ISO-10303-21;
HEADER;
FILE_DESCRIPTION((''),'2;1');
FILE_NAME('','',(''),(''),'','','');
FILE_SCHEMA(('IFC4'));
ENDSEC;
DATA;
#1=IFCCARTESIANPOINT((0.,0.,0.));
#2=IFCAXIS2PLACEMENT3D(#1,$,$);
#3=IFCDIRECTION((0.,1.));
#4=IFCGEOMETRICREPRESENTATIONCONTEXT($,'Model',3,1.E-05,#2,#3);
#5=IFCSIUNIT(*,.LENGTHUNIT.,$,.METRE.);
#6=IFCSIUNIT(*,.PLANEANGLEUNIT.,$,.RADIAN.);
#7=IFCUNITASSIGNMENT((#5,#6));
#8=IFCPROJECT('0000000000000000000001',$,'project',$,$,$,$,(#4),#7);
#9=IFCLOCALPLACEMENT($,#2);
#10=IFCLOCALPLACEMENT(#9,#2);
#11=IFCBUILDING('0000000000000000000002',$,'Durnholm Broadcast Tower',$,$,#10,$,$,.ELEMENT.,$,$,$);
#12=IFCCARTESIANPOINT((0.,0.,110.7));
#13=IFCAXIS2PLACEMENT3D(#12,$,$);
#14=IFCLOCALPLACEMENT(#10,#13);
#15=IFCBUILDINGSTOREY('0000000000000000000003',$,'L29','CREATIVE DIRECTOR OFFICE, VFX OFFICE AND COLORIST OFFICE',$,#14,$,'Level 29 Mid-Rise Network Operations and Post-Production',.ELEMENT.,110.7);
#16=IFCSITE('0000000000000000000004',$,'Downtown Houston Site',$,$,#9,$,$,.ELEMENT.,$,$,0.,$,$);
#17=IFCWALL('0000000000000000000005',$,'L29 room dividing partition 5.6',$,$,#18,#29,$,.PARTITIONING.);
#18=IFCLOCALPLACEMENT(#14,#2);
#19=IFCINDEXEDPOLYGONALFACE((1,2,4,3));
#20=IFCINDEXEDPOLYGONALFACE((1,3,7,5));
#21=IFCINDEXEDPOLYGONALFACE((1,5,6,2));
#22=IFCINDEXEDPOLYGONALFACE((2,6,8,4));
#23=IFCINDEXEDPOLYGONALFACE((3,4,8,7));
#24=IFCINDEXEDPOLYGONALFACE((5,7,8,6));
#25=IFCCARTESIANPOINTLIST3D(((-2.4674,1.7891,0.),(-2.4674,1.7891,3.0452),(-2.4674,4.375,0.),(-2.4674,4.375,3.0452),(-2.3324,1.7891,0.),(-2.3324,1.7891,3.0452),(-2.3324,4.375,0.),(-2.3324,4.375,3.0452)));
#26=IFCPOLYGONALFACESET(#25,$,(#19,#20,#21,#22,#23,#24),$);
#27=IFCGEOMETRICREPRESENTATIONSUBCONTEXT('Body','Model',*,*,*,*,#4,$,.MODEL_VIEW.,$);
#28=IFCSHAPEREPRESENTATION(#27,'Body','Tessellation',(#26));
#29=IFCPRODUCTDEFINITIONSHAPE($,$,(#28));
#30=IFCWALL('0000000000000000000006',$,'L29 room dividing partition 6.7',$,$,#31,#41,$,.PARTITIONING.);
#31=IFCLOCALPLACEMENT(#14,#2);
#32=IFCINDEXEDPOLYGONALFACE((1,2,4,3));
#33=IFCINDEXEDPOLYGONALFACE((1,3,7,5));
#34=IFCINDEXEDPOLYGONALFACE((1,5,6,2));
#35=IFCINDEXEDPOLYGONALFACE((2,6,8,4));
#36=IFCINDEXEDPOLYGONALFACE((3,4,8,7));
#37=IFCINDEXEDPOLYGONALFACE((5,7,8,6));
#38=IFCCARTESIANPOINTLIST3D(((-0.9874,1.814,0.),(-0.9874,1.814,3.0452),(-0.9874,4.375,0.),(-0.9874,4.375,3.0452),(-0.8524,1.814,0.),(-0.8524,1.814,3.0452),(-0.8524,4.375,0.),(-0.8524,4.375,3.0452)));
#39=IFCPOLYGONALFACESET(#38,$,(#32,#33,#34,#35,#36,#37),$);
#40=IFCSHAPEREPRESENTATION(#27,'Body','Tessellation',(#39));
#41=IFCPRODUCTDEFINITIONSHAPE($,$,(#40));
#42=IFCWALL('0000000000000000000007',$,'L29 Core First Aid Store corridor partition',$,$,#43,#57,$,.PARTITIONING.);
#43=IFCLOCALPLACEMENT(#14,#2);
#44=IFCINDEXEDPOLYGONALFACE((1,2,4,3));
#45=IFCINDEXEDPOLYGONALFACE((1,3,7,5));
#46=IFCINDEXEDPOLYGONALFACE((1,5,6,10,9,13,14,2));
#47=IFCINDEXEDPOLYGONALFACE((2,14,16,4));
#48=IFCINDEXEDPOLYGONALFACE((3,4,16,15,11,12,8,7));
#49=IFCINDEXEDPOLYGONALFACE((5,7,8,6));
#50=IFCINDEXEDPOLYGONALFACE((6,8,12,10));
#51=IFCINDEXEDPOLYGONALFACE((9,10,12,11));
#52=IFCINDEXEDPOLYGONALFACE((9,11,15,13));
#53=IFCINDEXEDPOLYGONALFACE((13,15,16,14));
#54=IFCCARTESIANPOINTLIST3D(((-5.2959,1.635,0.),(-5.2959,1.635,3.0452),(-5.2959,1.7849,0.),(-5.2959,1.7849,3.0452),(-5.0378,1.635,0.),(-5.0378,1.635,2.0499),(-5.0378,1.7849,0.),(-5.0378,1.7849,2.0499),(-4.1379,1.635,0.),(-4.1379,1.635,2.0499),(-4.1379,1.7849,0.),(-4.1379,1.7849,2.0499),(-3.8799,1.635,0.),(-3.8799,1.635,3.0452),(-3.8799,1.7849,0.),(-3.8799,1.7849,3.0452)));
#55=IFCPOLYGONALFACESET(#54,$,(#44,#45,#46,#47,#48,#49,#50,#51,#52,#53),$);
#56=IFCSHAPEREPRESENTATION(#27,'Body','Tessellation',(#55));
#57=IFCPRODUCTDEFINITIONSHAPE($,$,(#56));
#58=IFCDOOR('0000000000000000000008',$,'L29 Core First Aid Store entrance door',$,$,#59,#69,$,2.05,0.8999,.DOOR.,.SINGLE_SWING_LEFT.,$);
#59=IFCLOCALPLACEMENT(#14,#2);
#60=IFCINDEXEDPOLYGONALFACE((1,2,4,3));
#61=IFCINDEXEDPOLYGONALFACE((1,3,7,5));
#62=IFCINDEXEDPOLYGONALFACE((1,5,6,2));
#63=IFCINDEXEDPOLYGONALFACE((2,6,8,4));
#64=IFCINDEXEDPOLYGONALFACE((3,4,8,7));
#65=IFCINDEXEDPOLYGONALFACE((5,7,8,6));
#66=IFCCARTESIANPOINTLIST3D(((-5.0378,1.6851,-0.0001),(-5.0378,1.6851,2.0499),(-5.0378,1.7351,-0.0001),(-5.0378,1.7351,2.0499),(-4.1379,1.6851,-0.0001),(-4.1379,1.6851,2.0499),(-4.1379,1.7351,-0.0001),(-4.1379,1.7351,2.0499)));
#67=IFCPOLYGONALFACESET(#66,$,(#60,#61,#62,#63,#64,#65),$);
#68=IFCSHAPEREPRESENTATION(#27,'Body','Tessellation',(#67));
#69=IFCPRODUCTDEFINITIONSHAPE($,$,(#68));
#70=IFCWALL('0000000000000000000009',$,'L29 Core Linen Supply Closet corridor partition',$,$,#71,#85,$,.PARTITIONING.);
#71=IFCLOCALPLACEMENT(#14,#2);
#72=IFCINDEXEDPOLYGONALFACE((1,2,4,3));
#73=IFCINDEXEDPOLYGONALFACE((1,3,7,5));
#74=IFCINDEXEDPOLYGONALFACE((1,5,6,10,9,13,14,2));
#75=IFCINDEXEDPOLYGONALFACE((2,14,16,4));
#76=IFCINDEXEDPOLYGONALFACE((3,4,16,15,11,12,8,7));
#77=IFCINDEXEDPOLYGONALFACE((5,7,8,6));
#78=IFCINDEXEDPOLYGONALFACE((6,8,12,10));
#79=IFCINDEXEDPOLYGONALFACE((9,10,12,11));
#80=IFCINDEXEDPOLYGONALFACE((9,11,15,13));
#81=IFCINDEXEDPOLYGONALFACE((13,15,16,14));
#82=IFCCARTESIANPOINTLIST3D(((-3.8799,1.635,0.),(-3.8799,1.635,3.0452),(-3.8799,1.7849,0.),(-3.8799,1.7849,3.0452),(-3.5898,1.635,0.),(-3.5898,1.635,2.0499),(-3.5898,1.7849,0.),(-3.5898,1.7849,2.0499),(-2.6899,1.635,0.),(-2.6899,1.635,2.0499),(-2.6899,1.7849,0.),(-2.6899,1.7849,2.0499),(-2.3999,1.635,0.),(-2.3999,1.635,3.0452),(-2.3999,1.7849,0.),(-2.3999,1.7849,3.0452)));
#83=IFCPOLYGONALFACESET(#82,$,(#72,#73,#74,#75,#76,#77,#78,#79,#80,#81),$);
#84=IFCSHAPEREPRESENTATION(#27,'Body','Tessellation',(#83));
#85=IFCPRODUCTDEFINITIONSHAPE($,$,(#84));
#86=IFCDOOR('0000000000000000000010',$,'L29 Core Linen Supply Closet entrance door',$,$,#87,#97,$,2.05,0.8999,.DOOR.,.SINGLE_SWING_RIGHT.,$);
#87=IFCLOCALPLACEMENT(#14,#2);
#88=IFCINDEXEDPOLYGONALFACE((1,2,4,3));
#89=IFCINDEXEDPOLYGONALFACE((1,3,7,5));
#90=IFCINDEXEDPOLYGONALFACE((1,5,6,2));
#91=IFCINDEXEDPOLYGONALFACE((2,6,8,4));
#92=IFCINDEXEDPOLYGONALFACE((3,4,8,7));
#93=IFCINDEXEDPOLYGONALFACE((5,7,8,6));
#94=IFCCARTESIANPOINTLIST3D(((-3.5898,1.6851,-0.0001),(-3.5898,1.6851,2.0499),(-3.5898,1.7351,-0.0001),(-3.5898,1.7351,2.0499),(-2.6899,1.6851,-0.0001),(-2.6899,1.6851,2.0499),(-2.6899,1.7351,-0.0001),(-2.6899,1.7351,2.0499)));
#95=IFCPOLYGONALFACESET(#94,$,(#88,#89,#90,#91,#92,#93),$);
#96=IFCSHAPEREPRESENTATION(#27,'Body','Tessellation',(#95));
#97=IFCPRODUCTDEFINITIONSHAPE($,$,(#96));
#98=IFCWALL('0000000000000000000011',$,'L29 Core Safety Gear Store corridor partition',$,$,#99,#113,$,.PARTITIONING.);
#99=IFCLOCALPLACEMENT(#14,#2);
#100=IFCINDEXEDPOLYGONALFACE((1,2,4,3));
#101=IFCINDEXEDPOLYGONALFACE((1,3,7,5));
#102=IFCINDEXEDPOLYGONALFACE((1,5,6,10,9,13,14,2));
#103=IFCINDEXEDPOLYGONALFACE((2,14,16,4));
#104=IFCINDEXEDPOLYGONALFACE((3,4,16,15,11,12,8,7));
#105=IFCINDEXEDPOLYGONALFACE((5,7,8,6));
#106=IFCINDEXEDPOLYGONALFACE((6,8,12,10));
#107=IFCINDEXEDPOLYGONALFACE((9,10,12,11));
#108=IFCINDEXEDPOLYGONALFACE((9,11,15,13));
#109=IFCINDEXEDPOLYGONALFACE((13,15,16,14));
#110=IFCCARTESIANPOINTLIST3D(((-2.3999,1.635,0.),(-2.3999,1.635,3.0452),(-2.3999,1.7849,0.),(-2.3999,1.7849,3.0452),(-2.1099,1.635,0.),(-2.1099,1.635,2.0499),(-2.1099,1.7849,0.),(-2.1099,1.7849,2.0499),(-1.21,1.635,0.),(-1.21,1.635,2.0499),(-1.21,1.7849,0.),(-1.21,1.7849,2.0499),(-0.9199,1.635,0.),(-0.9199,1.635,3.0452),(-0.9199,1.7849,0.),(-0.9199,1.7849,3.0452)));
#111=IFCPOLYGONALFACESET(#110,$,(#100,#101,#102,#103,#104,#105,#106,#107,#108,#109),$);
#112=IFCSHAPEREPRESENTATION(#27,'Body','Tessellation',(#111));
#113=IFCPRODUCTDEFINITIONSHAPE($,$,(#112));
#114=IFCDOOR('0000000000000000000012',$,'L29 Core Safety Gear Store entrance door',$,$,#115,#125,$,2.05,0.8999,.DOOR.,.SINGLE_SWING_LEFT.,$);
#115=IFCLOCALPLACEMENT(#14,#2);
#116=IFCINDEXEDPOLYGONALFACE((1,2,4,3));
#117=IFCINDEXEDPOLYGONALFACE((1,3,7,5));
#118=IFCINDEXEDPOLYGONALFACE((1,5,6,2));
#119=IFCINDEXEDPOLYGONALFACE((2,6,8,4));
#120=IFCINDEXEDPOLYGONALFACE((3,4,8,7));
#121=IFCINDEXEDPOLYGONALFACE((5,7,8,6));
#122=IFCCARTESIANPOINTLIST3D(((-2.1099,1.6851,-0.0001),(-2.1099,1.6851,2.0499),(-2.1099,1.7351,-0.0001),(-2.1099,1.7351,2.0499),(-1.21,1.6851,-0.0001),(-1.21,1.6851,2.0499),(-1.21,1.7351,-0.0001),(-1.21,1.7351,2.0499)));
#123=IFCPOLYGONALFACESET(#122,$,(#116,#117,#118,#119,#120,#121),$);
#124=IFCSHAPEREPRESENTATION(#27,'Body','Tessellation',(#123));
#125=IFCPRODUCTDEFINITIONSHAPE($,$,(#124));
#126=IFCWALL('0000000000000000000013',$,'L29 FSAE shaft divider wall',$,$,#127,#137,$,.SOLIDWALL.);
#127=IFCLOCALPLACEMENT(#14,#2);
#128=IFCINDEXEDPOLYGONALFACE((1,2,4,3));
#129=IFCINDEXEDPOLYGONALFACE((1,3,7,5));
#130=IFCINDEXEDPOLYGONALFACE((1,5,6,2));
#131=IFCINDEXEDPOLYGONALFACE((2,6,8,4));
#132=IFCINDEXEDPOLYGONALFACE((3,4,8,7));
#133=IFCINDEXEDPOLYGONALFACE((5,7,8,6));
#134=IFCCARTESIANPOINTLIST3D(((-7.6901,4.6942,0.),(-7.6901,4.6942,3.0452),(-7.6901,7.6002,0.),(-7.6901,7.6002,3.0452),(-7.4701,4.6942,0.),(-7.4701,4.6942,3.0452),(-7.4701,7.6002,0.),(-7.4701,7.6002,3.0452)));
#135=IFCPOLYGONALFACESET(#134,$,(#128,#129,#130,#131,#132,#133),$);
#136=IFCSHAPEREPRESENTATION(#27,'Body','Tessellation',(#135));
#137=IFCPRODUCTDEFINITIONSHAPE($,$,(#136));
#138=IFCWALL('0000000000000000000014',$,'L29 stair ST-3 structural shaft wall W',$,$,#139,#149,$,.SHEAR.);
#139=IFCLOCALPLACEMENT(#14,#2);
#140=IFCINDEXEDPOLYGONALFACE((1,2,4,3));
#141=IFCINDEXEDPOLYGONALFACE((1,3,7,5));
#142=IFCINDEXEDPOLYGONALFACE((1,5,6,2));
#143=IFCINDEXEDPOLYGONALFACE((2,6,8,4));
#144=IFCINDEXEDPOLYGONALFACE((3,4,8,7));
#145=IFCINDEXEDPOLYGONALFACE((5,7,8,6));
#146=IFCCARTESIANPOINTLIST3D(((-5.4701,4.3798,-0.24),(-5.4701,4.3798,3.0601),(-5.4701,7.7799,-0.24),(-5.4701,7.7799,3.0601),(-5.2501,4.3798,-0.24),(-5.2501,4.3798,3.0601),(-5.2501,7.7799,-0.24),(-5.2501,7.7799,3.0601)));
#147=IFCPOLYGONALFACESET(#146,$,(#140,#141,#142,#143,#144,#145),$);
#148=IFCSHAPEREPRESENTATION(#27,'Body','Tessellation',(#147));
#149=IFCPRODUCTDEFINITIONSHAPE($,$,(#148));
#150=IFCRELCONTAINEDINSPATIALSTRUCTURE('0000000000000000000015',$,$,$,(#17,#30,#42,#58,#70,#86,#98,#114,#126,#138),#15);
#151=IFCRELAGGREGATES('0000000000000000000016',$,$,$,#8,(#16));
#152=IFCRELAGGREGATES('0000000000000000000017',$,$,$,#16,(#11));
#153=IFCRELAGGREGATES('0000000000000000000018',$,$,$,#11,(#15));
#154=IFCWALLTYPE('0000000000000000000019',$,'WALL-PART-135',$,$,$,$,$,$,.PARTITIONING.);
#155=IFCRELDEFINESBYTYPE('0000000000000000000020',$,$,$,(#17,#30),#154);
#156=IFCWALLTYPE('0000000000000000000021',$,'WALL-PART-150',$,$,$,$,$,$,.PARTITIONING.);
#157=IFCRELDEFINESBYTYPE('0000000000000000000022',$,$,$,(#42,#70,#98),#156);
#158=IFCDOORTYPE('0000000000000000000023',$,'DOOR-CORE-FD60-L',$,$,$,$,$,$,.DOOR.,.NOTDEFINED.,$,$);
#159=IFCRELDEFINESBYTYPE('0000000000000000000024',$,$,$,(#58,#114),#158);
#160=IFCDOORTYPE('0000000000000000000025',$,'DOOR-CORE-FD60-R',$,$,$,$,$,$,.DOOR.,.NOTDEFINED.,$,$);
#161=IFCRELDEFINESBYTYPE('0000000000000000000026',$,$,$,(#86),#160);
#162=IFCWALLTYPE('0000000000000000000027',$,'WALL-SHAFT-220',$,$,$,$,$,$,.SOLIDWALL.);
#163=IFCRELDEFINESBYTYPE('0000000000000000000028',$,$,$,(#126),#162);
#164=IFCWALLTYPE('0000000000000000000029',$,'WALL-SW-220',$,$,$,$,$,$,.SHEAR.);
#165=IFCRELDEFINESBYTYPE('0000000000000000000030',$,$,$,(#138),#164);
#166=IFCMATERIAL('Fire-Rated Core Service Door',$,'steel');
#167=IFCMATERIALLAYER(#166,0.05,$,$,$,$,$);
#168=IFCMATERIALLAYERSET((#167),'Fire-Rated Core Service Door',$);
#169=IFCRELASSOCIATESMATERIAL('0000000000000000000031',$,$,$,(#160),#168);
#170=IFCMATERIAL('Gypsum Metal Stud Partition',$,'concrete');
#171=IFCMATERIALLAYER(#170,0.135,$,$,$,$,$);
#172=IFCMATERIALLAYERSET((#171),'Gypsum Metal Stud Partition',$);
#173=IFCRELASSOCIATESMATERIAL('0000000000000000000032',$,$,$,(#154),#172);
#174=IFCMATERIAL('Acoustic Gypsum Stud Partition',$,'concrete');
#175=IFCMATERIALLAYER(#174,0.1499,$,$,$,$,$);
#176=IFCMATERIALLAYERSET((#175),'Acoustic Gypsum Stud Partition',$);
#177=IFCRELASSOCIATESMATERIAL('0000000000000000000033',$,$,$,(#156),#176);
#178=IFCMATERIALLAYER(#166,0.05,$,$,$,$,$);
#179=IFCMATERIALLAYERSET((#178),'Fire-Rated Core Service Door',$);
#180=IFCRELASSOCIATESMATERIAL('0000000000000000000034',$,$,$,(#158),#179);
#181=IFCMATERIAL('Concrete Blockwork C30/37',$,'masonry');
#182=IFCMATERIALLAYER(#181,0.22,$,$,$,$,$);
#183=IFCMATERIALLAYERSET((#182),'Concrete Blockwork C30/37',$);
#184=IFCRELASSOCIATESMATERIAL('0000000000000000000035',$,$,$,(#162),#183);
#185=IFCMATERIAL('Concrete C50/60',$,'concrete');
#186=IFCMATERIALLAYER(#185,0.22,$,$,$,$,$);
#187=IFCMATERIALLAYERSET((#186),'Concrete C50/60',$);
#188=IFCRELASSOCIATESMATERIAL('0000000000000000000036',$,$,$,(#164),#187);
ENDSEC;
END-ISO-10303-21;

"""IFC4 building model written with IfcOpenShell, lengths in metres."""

from ifc_helpers import new_model, si_unit, direction, frame, frame_2d, origin, place, context, subcontext, project, spatial, rectangle, extrude, source, transform, mapped, material, layer, layer_set, type_object, type_shapes, element, fill, save


model = new_model("IFC4")

# Units and contexts
model_context = context("Model", 3, precision=1e-05, world=origin(), true_north=direction((0.0, 1.0)))
body_context = subcontext(model_context, "Body", "Model", "MODEL_VIEW")
ifc_project = project(units=[si_unit("LENGTHUNIT", "METRE"), si_unit("PLANEANGLEUNIT", "RADIAN")], contexts=[model_context])

# Site, building, storey
site_placement = place(None, origin())
site = spatial("IfcSite", under=ifc_project, at=site_placement, Name="Downtown Houston Site", CompositionType="ELEMENT", RefElevation=0.0)
building_placement = place(site_placement, origin())
building = spatial("IfcBuilding", under=site, at=building_placement, Name="Durnholm Broadcast Tower", CompositionType="ELEMENT")
storey_placement = place(building_placement, frame((0.0, 0.0, 110.7)))
storey = spatial("IfcBuildingStorey", under=building, at=storey_placement, Name="L29", Description="CREATIVE DIRECTOR OFFICE, VFX OFFICE AND COLORIST OFFICE", LongName="Level 29 Mid-Rise Network Operations and Post-Production", CompositionType="ELEMENT", Elevation=110.7)

# Shared definitions
ifc_material_1 = material(Name="Fire-Rated Core Service Door", Category="steel")
ifc_layer_1 = layer(ifc_material_1, 0.05)
ifc_layer_set_1 = layer_set([ifc_layer_1], Name="Fire-Rated Core Service Door")
door_type_1 = type_object("IfcDoorType", Name="DOOR-CORE-FD60-R", OperationType="NOTDEFINED", PredefinedType="DOOR", material=ifc_layer_set_1)
shared_shape_1 = source(origin(), body_context, "Body", "SweptSolid", [
    extrude(rectangle(XDim=0.8999, YDim=2.05, at=frame_2d((0.45, 1.0249))), frame((0.0, 0.0249, 0.0), z_axis=(0.0, -1.0, 0.0), x_axis=(1.0, 0.0, 0.0)), (0.0, 0.0, 1.0), 0.05),
])
type_shapes(door_type_1, [shared_shape_1])

# Walls
ifc_material_2 = material(Name="Gypsum Metal Stud Partition", Category="concrete")
ifc_layer_2 = layer(ifc_material_2, 0.135)
ifc_layer_set_2 = layer_set([ifc_layer_2], Name="Gypsum Metal Stud Partition")
wall_type_1 = type_object("IfcWallType", Name="WALL-PART-135", PredefinedType="PARTITIONING", material=ifc_layer_set_2)
for number, where, z_axis, x_axis, name in (
    (1, (-2.3999, 4.375, 0.0), (0.0, 0.0, 1.0), (0.0, -1.0, 0.0), "L29 room dividing partition 5.6"),
):
    element("IfcWall", number, at=place(storey_placement, frame(where, z_axis=z_axis, x_axis=x_axis)), inside=storey, type_object=wall_type_1, Name=name, PredefinedType="PARTITIONING", context=body_context, shape_type="SweptSolid", body=[
        extrude(rectangle(XDim=2.5859, YDim=0.135, at=frame_2d((1.293, 0.0))), origin(), (0.0, 0.0, 1.0), 3.0452),
    ])
wall_1_placement = place(storey_placement, frame((-0.9199, 4.375, 0.0), z_axis=(0.0, 0.0, 1.0), x_axis=(0.0, -1.0, 0.0)))
element("IfcWall", 2, at=wall_1_placement, inside=storey, type_object=wall_type_1, Name="L29 room dividing partition 6.7", PredefinedType="PARTITIONING", context=body_context, shape_type="SweptSolid", body=[
    extrude(rectangle(XDim=2.561, YDim=0.135, at=frame_2d((1.2805, 0.0))), origin(), (0.0, 0.0, 1.0), 3.0452),
])

# Walls, openings, doors
ifc_material_3 = material(Name="Acoustic Gypsum Stud Partition", Category="concrete")
ifc_layer_3 = layer(ifc_material_3, 0.1499)
ifc_layer_set_3 = layer_set([ifc_layer_3], Name="Acoustic Gypsum Stud Partition")
wall_type_2 = type_object("IfcWallType", Name="WALL-PART-150", PredefinedType="PARTITIONING", material=ifc_layer_set_3)
wall_2_placement = place(storey_placement, frame((-3.8799, 1.71, 0.0), z_axis=(0.0, 0.0, 1.0), x_axis=(-1.0, 0.0, 0.0)))
wall_2 = element("IfcWall", 3, at=wall_2_placement, inside=storey, type_object=wall_type_2, Name="L29 Core First Aid Store corridor partition", PredefinedType="PARTITIONING", context=body_context, shape_type="SweptSolid", body=[
    extrude(rectangle(XDim=1.416, YDim=0.1499, at=frame_2d((0.708, 0.0))), origin(), (0.0, 0.0, 1.0), 3.0452),
])
opening_1_placement = place(wall_2_placement, frame((0.2581, 0.0, 0.0)))
opening_1 = element("IfcOpeningElement", 4, at=opening_1_placement, cuts=wall_2, PredefinedType="OPENING", context=body_context, shape_type="SweptSolid", body=[
    extrude(rectangle(XDim=0.8999, YDim=2.05, at=frame_2d((0.45, 1.0249))), frame((0.0, 0.085, 0.0), z_axis=(0.0, -1.0, 0.0), x_axis=(1.0, 0.0, 0.0)), (0.0, 0.0, 1.0), 0.1699),
])
ifc_layer_4 = layer(ifc_material_1, 0.05)
ifc_layer_set_4 = layer_set([ifc_layer_4], Name="Fire-Rated Core Service Door")
door_type_2 = type_object("IfcDoorType", Name="DOOR-CORE-FD60-L", OperationType="NOTDEFINED", PredefinedType="DOOR", material=ifc_layer_set_4)
shared_shape_2 = source(origin(), body_context, "Body", "SweptSolid", [
    extrude(rectangle(XDim=0.8999, YDim=2.05, at=frame_2d((0.45, 1.0249))), frame((0.0, 0.0249, 0.0), z_axis=(0.0, -1.0, 0.0), x_axis=(1.0, 0.0, 0.0)), (0.0, 0.0, 1.0), 0.05),
])
type_shapes(door_type_2, [shared_shape_2])
door_1_placement = place(opening_1_placement, origin())
door_1 = element("IfcDoor", 5, at=door_1_placement, inside=storey, type_object=door_type_2, Name="L29 Core First Aid Store entrance door", OperationType="SINGLE_SWING_LEFT", OverallHeight=2.05, OverallWidth=0.8999, PredefinedType="DOOR", context=body_context, shape_type="MappedRepresentation", body=[
    mapped(shared_shape_2, transform((0.0, 0.0, 0.0), x_axis=(1.0, 0.0, 0.0), y_axis=(0.0, 1.0, 0.0), z_axis=(0.0, 0.0, 1.0), scale=1.0)),
])
fill(opening_1, door_1)
wall_3_placement = place(storey_placement, frame((-2.3999, 1.71, 0.0), z_axis=(0.0, 0.0, 1.0), x_axis=(-1.0, 0.0, 0.0)))
wall_3 = element("IfcWall", 6, at=wall_3_placement, inside=storey, type_object=wall_type_2, Name="L29 Core Linen Supply Closet corridor partition", PredefinedType="PARTITIONING", context=body_context, shape_type="SweptSolid", body=[
    extrude(rectangle(XDim=1.48, YDim=0.1499, at=frame_2d((0.74, 0.0))), origin(), (0.0, 0.0, 1.0), 3.0452),
])
opening_2_placement = place(wall_3_placement, frame((0.29, 0.0, 0.0)))
opening_2 = element("IfcOpeningElement", 7, at=opening_2_placement, cuts=wall_3, PredefinedType="OPENING", context=body_context, shape_type="SweptSolid", body=[
    extrude(rectangle(XDim=0.8999, YDim=2.05, at=frame_2d((0.45, 1.0249))), frame((0.0, 0.085, 0.0), z_axis=(0.0, -1.0, 0.0), x_axis=(1.0, 0.0, 0.0)), (0.0, 0.0, 1.0), 0.1699),
])
door_2_placement = place(opening_2_placement, origin())
door_2 = element("IfcDoor", 8, at=door_2_placement, inside=storey, type_object=door_type_1, Name="L29 Core Linen Supply Closet entrance door", OperationType="SINGLE_SWING_RIGHT", OverallHeight=2.05, OverallWidth=0.8999, PredefinedType="DOOR", context=body_context, shape_type="MappedRepresentation", body=[
    mapped(shared_shape_1, transform((0.0, 0.0, 0.0), x_axis=(1.0, 0.0, 0.0), y_axis=(0.0, 1.0, 0.0), z_axis=(0.0, 0.0, 1.0), scale=1.0)),
])
fill(opening_2, door_2)
wall_4_placement = place(storey_placement, frame((-0.9199, 1.71, 0.0), z_axis=(0.0, 0.0, 1.0), x_axis=(-1.0, 0.0, 0.0)))
wall_4 = element("IfcWall", 9, at=wall_4_placement, inside=storey, type_object=wall_type_2, Name="L29 Core Safety Gear Store corridor partition", PredefinedType="PARTITIONING", context=body_context, shape_type="SweptSolid", body=[
    extrude(rectangle(XDim=1.48, YDim=0.1499, at=frame_2d((0.74, 0.0))), origin(), (0.0, 0.0, 1.0), 3.0452),
])
opening_3_placement = place(wall_4_placement, frame((0.29, 0.0, 0.0)))
opening_3 = element("IfcOpeningElement", 10, at=opening_3_placement, cuts=wall_4, PredefinedType="OPENING", context=body_context, shape_type="SweptSolid", body=[
    extrude(rectangle(XDim=0.8999, YDim=2.05, at=frame_2d((0.45, 1.0249))), frame((0.0, 0.085, 0.0), z_axis=(0.0, -1.0, 0.0), x_axis=(1.0, 0.0, 0.0)), (0.0, 0.0, 1.0), 0.1699),
])
door_3_placement = place(opening_3_placement, origin())
door_3 = element("IfcDoor", 11, at=door_3_placement, inside=storey, type_object=door_type_2, Name="L29 Core Safety Gear Store entrance door", OperationType="SINGLE_SWING_LEFT", OverallHeight=2.05, OverallWidth=0.8999, PredefinedType="DOOR", context=body_context, shape_type="MappedRepresentation", body=[
    mapped(shared_shape_2, transform((0.0, 0.0, 0.0), x_axis=(1.0, 0.0, 0.0), y_axis=(0.0, 1.0, 0.0), z_axis=(0.0, 0.0, 1.0), scale=1.0)),
])
fill(opening_3, door_3)

# Shared definitions
ifc_material_4 = material(Name="Concrete Blockwork C30/37", Category="masonry")
ifc_layer_5 = layer(ifc_material_4, 0.22)
ifc_layer_set_5 = layer_set([ifc_layer_5], Name="Concrete Blockwork C30/37")
wall_type_3 = type_object("IfcWallType", Name="WALL-SHAFT-220", PredefinedType="SOLIDWALL", material=ifc_layer_set_5)

# Walls
wall_5_placement = place(storey_placement, frame((-7.5801, 4.6941, 0.0), z_axis=(0.0, 0.0, 1.0), x_axis=(0.0, 1.0, 0.0)))
element("IfcWall", 12, at=wall_5_placement, inside=storey, type_object=wall_type_3, Name="L29 FSAE shaft divider wall", PredefinedType="SOLIDWALL", context=body_context, shape_type="SweptSolid", body=[
    extrude(rectangle(XDim=2.906, YDim=0.22, at=frame_2d((1.4531, 0.0))), origin(), (0.0, 0.0, 1.0), 3.0452),
])
ifc_material_5 = material(Name="Concrete C50/60", Category="concrete")
ifc_layer_6 = layer(ifc_material_5, 0.22)
ifc_layer_set_6 = layer_set([ifc_layer_6], Name="Concrete C50/60")
wall_type_4 = type_object("IfcWallType", Name="WALL-SW-220", PredefinedType="SHEAR", material=ifc_layer_set_6)
wall_6_placement = place(storey_placement, frame((-5.3601, 7.78, -0.24), z_axis=(0.0, 0.0, 1.0), x_axis=(0.0, -1.0, 0.0)))
element("IfcWall", 13, at=wall_6_placement, inside=storey, type_object=wall_type_4, Name="L29 stair ST-3 structural shaft wall W", PredefinedType="SHEAR", context=body_context, shape_type="SweptSolid", body=[
    extrude(rectangle(XDim=3.4001, YDim=0.22, at=frame_2d((1.7002, 0.0))), origin(), (0.0, 0.0, 1.0), 3.3),
])

save(model, "model.ifc")
